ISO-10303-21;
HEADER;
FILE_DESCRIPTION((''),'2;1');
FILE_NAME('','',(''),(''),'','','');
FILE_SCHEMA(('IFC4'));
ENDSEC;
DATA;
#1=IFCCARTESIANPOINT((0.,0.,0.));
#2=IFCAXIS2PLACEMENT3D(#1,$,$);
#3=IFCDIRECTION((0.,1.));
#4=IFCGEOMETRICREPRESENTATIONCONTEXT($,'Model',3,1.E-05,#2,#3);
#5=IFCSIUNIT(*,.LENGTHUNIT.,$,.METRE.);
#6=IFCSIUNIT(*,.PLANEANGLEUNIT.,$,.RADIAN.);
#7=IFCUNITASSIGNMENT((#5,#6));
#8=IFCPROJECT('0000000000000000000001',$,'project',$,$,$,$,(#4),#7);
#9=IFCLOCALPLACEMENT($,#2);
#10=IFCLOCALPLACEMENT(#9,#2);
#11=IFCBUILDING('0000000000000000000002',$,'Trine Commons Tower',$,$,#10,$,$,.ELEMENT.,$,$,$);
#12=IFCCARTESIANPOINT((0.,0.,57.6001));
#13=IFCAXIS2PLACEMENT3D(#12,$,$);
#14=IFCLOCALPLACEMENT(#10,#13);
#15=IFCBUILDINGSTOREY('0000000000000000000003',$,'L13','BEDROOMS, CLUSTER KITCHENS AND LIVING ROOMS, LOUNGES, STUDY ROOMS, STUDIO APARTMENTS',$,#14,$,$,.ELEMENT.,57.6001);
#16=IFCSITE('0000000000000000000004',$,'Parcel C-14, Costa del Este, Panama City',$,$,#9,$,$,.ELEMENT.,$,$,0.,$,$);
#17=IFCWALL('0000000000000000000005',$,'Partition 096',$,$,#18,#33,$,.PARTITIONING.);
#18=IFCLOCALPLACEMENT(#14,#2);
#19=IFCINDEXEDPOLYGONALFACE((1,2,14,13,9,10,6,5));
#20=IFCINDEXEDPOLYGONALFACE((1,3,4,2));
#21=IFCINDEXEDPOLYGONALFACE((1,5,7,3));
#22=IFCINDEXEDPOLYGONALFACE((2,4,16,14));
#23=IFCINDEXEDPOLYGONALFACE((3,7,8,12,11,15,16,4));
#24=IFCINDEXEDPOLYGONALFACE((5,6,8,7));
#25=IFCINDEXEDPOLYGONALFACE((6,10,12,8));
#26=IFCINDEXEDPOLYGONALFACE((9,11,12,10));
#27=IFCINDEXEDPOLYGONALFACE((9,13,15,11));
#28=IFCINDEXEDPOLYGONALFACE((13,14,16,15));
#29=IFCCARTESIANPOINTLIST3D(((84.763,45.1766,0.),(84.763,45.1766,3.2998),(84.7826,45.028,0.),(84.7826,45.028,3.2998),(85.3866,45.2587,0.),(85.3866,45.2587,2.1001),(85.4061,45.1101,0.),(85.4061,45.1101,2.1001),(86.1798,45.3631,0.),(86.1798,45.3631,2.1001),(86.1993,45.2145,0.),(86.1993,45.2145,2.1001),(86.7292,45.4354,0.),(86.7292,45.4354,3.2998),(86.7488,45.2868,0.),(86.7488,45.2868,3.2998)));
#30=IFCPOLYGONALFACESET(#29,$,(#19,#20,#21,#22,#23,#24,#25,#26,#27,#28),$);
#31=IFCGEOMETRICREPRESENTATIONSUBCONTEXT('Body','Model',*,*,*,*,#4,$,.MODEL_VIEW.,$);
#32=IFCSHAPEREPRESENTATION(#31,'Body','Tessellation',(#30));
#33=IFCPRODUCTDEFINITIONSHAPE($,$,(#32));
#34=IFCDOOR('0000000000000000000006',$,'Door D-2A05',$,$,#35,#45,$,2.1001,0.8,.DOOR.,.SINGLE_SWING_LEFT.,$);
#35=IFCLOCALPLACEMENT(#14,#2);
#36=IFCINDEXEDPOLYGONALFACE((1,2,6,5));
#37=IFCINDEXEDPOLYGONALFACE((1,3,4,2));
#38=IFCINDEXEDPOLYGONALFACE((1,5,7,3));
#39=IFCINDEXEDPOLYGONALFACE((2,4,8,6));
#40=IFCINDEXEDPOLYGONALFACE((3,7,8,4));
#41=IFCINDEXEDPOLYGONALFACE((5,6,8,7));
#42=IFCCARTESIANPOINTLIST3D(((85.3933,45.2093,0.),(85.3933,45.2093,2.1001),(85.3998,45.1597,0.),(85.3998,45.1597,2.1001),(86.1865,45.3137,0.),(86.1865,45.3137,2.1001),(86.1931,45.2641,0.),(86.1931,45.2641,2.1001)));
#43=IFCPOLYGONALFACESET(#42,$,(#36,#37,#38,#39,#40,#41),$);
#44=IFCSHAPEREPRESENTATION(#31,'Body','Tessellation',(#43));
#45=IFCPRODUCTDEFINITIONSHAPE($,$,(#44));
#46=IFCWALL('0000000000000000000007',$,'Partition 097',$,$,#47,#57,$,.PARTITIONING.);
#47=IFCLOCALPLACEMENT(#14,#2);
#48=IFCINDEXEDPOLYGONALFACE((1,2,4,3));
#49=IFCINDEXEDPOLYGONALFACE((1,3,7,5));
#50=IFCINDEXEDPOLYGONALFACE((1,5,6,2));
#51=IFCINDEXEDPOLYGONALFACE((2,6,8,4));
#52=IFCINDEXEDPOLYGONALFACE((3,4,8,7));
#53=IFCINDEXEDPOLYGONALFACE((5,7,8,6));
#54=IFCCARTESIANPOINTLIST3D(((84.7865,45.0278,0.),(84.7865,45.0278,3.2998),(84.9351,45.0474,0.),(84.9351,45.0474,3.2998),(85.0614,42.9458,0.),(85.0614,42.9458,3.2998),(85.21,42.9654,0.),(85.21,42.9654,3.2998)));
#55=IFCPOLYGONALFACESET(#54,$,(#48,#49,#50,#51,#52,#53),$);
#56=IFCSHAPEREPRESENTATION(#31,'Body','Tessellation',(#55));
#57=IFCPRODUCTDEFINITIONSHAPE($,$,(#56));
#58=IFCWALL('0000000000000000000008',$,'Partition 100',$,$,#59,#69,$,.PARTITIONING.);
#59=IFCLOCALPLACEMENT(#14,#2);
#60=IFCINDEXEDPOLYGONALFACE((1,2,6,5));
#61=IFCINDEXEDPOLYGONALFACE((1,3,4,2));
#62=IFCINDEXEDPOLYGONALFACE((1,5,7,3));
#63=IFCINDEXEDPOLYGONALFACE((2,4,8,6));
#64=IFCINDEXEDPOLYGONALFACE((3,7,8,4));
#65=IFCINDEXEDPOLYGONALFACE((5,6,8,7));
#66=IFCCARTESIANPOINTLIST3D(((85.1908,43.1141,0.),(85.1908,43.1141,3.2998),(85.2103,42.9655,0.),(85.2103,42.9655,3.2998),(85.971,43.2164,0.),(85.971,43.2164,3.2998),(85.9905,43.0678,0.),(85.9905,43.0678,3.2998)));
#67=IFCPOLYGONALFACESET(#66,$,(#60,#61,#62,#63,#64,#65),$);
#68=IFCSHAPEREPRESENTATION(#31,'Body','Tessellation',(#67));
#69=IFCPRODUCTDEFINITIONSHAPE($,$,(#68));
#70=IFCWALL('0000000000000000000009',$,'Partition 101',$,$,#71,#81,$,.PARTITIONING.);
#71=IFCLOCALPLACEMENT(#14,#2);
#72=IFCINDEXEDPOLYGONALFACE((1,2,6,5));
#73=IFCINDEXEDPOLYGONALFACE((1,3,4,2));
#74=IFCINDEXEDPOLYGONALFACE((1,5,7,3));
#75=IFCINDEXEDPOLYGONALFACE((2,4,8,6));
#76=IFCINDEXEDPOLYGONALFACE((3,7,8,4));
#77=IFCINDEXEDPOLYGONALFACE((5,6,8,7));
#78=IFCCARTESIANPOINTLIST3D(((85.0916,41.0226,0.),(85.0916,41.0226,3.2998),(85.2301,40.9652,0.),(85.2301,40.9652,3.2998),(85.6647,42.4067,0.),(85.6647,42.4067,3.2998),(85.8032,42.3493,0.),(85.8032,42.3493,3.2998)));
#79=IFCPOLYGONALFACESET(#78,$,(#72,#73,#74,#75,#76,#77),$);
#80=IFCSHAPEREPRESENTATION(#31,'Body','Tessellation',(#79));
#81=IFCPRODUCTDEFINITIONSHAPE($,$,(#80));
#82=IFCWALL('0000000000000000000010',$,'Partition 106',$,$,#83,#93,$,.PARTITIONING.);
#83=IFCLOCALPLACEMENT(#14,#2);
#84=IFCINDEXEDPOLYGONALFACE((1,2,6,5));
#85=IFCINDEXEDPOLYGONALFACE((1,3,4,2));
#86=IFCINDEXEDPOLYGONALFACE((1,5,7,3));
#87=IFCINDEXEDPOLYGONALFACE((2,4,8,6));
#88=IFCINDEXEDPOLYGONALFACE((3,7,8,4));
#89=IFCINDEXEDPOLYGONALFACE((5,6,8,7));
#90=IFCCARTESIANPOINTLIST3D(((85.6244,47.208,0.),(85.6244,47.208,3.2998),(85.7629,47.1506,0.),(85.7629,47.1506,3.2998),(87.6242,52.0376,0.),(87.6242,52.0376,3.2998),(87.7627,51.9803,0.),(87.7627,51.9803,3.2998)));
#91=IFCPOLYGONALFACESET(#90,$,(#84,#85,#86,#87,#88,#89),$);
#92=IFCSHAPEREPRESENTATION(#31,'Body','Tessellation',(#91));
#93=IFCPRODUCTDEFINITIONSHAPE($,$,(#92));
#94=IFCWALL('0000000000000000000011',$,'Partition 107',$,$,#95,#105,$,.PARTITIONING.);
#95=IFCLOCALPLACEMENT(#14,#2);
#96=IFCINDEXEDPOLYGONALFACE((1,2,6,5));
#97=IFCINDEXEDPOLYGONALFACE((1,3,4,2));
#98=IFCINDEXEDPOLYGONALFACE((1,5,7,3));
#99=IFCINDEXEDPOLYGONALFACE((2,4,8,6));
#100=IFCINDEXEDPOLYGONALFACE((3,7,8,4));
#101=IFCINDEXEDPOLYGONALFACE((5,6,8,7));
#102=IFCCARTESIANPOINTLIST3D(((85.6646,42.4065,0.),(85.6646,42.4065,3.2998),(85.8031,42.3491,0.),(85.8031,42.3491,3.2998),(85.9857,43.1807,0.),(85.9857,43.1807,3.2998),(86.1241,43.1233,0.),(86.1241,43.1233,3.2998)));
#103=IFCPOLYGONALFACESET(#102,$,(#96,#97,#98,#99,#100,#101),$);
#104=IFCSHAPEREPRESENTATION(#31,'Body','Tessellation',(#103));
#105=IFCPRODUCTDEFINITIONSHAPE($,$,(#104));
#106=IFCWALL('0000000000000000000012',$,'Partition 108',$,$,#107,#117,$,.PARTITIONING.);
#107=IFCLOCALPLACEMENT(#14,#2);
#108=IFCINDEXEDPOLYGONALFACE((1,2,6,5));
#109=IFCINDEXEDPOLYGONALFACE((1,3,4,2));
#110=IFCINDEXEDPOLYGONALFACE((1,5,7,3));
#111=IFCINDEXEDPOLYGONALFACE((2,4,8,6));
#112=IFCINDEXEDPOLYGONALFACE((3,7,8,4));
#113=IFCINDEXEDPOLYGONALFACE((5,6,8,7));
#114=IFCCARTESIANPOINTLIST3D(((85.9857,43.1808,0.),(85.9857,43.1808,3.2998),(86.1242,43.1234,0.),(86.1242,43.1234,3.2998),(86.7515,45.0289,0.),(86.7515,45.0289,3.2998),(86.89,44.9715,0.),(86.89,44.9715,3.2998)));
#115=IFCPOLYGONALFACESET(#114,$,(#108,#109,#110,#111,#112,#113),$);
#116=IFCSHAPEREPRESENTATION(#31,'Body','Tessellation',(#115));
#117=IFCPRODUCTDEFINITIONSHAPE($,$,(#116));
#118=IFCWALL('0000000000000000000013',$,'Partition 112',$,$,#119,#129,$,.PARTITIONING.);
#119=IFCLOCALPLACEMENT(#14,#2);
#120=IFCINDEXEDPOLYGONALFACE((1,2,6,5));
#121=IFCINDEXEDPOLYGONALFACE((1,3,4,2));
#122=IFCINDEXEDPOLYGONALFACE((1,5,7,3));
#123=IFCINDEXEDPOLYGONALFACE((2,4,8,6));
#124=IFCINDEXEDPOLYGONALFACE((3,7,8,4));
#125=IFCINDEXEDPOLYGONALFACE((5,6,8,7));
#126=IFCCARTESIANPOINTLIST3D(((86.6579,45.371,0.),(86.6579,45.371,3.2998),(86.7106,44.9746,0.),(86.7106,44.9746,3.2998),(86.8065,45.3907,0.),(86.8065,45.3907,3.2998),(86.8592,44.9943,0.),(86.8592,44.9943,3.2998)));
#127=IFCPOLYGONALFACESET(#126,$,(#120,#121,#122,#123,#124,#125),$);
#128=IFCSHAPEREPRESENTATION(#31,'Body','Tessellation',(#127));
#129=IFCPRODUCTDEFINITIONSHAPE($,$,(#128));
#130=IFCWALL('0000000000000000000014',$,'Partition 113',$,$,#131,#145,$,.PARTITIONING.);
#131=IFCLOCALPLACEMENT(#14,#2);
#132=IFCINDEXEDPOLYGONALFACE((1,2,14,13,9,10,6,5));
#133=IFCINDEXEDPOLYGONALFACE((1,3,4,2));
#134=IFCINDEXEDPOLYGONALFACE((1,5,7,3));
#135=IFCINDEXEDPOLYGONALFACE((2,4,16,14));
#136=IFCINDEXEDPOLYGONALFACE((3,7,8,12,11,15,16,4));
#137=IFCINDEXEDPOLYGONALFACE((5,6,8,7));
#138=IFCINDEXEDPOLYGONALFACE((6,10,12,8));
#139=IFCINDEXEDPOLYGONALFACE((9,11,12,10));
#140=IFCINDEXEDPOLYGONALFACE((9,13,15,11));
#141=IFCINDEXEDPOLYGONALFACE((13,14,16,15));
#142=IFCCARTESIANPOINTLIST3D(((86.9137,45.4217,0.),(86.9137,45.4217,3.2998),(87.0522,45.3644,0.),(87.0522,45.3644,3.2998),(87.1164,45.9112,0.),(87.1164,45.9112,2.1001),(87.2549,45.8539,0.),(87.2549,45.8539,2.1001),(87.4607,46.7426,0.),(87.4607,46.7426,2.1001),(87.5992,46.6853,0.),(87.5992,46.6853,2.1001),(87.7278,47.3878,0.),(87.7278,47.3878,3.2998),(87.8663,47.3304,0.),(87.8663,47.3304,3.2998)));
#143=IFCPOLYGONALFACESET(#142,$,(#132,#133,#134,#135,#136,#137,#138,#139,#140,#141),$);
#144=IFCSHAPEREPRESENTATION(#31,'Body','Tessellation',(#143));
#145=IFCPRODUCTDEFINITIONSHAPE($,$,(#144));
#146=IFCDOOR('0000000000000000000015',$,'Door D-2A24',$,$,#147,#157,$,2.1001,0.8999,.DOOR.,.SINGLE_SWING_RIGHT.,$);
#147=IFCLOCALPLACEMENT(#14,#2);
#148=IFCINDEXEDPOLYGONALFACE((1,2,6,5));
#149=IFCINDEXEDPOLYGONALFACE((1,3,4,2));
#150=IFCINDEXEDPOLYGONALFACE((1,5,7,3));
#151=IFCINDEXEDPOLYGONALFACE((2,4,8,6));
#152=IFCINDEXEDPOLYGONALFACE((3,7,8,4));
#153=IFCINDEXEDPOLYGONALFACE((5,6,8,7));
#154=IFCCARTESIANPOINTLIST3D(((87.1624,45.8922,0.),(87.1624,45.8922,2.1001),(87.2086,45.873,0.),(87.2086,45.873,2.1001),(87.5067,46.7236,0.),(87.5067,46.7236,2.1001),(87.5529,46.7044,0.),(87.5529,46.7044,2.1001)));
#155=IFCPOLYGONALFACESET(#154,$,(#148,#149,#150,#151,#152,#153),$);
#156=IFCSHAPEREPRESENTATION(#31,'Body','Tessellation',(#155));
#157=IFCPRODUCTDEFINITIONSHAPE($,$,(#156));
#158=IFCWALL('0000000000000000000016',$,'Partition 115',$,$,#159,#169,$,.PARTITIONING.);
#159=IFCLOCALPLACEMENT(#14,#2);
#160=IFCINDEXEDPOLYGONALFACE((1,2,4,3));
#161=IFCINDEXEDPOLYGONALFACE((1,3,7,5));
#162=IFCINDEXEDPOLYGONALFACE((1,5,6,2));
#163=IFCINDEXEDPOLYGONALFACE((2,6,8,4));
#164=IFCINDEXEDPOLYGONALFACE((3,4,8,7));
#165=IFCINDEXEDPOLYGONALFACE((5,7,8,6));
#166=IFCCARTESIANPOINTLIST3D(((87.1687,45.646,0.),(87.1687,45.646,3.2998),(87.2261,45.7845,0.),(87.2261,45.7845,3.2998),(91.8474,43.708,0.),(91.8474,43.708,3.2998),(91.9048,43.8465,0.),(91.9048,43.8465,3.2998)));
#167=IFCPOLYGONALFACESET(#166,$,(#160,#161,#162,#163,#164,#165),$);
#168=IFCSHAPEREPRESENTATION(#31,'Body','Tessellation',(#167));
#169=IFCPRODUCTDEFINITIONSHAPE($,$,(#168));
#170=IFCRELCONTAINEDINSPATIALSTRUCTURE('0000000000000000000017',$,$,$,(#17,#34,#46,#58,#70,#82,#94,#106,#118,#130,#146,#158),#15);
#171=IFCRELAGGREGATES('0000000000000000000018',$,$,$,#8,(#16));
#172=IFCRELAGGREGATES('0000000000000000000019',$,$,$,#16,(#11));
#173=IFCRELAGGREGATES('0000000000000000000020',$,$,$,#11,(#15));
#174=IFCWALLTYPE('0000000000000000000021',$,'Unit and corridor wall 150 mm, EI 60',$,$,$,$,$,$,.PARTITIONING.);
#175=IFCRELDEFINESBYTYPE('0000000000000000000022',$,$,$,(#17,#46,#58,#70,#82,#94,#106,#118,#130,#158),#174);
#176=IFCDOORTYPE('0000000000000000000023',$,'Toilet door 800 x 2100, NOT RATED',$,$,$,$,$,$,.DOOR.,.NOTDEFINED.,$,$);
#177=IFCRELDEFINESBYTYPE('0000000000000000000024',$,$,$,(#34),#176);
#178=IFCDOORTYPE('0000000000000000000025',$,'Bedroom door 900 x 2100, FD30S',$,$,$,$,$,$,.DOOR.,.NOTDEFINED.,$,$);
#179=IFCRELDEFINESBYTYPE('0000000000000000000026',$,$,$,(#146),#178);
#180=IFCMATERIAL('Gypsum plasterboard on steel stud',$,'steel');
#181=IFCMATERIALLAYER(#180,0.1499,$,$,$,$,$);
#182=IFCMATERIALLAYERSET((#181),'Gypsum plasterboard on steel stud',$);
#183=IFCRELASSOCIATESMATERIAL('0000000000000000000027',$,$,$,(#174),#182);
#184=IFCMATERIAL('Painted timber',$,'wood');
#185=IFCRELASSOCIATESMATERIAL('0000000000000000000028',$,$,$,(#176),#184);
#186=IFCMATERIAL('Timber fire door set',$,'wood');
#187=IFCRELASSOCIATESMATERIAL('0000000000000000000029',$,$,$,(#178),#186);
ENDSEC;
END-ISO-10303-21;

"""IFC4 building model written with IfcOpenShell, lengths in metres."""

from ifc_helpers import new_model, si_unit, direction, frame, frame_2d, origin, place, context, subcontext, project, spatial, rectangle, extrude, material, layer, layer_set, type_object, element, fill, save


model = new_model("IFC4")

# Units and contexts
model_context = context("Model", 3, precision=1e-05, world=origin(), true_north=direction((0.0, 1.0)))
body_context = subcontext(model_context, "Body", "Model", "MODEL_VIEW")
ifc_project = project(units=[si_unit("LENGTHUNIT", "METRE"), si_unit("PLANEANGLEUNIT", "RADIAN")], contexts=[model_context])

# Site, building, storey
site_placement = place(None, origin())
site = spatial("IfcSite", under=ifc_project, at=site_placement, Name="Parcel C-14, Costa del Este, Panama City", CompositionType="ELEMENT", RefElevation=0.0)
building_placement = place(site_placement, origin())
building = spatial("IfcBuilding", under=site, at=building_placement, Name="Trine Commons Tower", CompositionType="ELEMENT")
storey_placement = place(building_placement, frame((0.0, 0.0, 57.6001)))
storey = spatial("IfcBuildingStorey", under=building, at=storey_placement, Name="L13", Description="BEDROOMS, CLUSTER KITCHENS AND LIVING ROOMS, LOUNGES, STUDY ROOMS, STUDIO APARTMENTS", CompositionType="ELEMENT", Elevation=57.6001)

# Shared definitions
ifc_material_1 = material(Name="Gypsum plasterboard on steel stud", Category="steel")
ifc_layer_1 = layer(ifc_material_1, 0.1499)
ifc_layer_set_1 = layer_set([ifc_layer_1], Name="Gypsum plasterboard on steel stud")
wall_type_1 = type_object("IfcWallType", Name="Unit and corridor wall 150 mm, EI 60", PredefinedType="PARTITIONING", material=ifc_layer_set_1)
ifc_material_2 = material(Name="Timber fire door set", Category="wood")

# Wall, opening, door
wall_1_placement = place(storey_placement, frame((84.7727, 45.1023, 0.0), z_axis=(0.0, 0.0, 1.0), x_axis=(0.99145, 0.130486, 0.0)))
wall_1 = element("IfcWall", 1, at=wall_1_placement, inside=storey, type_object=wall_type_1, Name="Partition 096", PredefinedType="PARTITIONING", context=body_context, shape_type="SweptSolid", body=[
    extrude(rectangle(XDim=1.9832, YDim=0.1499, at=frame_2d((0.9917, 0.0))), origin(), (0.0, 0.0, 1.0), 3.2998),
])
opening_1_placement = place(wall_1_placement, frame((0.6292, 0.0, 0.0)))
opening_1 = element("IfcOpeningElement", 2, at=opening_1_placement, cuts=wall_1, PredefinedType="OPENING", context=body_context, shape_type="SweptSolid", body=[
    extrude(rectangle(XDim=0.8, YDim=2.1001, at=frame_2d((0.3999, 1.05))), frame((0.0, 0.085, 0.0), z_axis=(0.0, -1.0, 0.0), x_axis=(1.0, 0.0, 0.0)), (0.0, 0.0, 1.0), 0.1699),
])
ifc_material_3 = material(Name="Painted timber", Category="wood")
door_type_1 = type_object("IfcDoorType", Name="Toilet door 800 x 2100, NOT RATED", OperationType="NOTDEFINED", PredefinedType="DOOR", material=ifc_material_3)
door_1_placement = place(opening_1_placement, frame((0.8, 0.0, 0.0), z_axis=(0.0, 0.0, 1.0), x_axis=(-1.0, 0.0, 0.0)))
door_1 = element("IfcDoor", 3, at=door_1_placement, inside=storey, type_object=door_type_1, Name="Door D-2A05", OperationType="SINGLE_SWING_LEFT", OverallHeight=2.1001, OverallWidth=0.8, PredefinedType="DOOR", context=body_context, shape_type="SweptSolid", body=[
    extrude(rectangle(XDim=0.8, YDim=2.1001, at=frame_2d((0.3999, 1.05))), frame((0.0, 0.0249, 0.0), z_axis=(0.0, -1.0, 0.0), x_axis=(1.0, 0.0, 0.0)), (0.0, 0.0, 1.0), 0.05),
])
fill(opening_1, door_1)

# Walls
wall_2_placement = place(storey_placement, frame((84.8608, 45.0376, 0.0), z_axis=(0.0, 0.0, 1.0), x_axis=(0.1309, -0.991396, 0.0)))
element("IfcWall", 4, at=wall_2_placement, inside=storey, type_object=wall_type_1, Name="Partition 097", PredefinedType="PARTITIONING", context=body_context, shape_type="SweptSolid", body=[
    extrude(rectangle(XDim=2.1001, YDim=0.1499, at=frame_2d((1.05, 0.0))), origin(), (0.0, 0.0, 1.0), 3.2998),
])
wall_3_placement = place(storey_placement, frame((85.2004, 43.0398, 0.0), z_axis=(0.0, 0.0, 1.0), x_axis=(0.991515, 0.129989, 0.0)))
element("IfcWall", 5, at=wall_3_placement, inside=storey, type_object=wall_type_1, Name="Partition 100", PredefinedType="PARTITIONING", context=body_context, shape_type="SweptSolid", body=[
    extrude(rectangle(XDim=0.7869, YDim=0.1499, at=frame_2d((0.3936, 0.0))), origin(), (0.0, 0.0, 1.0), 3.2998),
])
wall_4_placement = place(storey_placement, frame((85.1609, 40.9939, 0.0), z_axis=(0.0, 0.0, 1.0), x_axis=(0.38252, 0.923947, 0.0)))
element("IfcWall", 6, at=wall_4_placement, inside=storey, type_object=wall_type_1, Name="Partition 101", PredefinedType="PARTITIONING", context=body_context, shape_type="SweptSolid", body=[
    extrude(rectangle(XDim=1.498, YDim=0.1499, at=frame_2d((0.749, 0.0))), origin(), (0.0, 0.0, 1.0), 3.2998),
])
wall_5_placement = place(storey_placement, frame((85.6936, 47.1792, 0.0), z_axis=(0.0, 0.0, 1.0), x_axis=(0.382565, 0.923929, 0.0)))
element("IfcWall", 7, at=wall_5_placement, inside=storey, type_object=wall_type_1, Name="Partition 106", PredefinedType="PARTITIONING", context=body_context, shape_type="SweptSolid", body=[
    extrude(rectangle(XDim=5.2273, YDim=0.1499, at=frame_2d((2.6138, 0.0))), origin(), (0.0, 0.0, 1.0), 3.2998),
])
wall_6_placement = place(storey_placement, frame((85.7339, 42.3779, 0.0), z_axis=(0.0, 0.0, 1.0), x_axis=(0.383064, 0.923722, 0.0)))
element("IfcWall", 8, at=wall_6_placement, inside=storey, type_object=wall_type_1, Name="Partition 107", PredefinedType="PARTITIONING", context=body_context, shape_type="SweptSolid", body=[
    extrude(rectangle(XDim=0.8381, YDim=0.1499, at=frame_2d((0.4189, 0.0))), origin(), (0.0, 0.0, 1.0), 3.2998),
])
wall_7_placement = place(storey_placement, frame((86.0549, 43.1521, 0.0), z_axis=(0.0, 0.0, 1.0), x_axis=(0.38283, 0.923819, 0.0)))
element("IfcWall", 9, at=wall_7_placement, inside=storey, type_object=wall_type_1, Name="Partition 108", PredefinedType="PARTITIONING", context=body_context, shape_type="SweptSolid", body=[
    extrude(rectangle(XDim=2.0005, YDim=0.1499, at=frame_2d((1.0002, 0.0))), origin(), (0.0, 0.0, 1.0), 3.2998),
])
wall_8_placement = place(storey_placement, frame((86.7322, 45.3809, 0.0), z_axis=(0.0, 0.0, 1.0), x_axis=(0.131844, -0.99127, 0.0)))
element("IfcWall", 10, at=wall_8_placement, inside=storey, type_object=wall_type_1, Name="Partition 112", PredefinedType="PARTITIONING", context=body_context, shape_type="SweptSolid", body=[
    extrude(rectangle(XDim=0.3999, YDim=0.1499, at=frame_2d((0.2, 0.0))), origin(), (0.0, 0.0, 1.0), 3.2998),
])

# Wall, opening, door
wall_9_placement = place(storey_placement, frame((86.9829, 45.3931, 0.0), z_axis=(0.0, 0.0, 1.0), x_axis=(0.382619, 0.923906, 0.0)))
wall_9 = element("IfcWall", 11, at=wall_9_placement, inside=storey, type_object=wall_type_1, Name="Partition 113", PredefinedType="PARTITIONING", context=body_context, shape_type="SweptSolid", body=[
    extrude(rectangle(XDim=2.1279, YDim=0.1499, at=frame_2d((1.064, 0.0))), origin(), (0.0, 0.0, 1.0), 3.2998),
])
opening_2_placement = place(wall_9_placement, frame((0.5298, 0.0, 0.0)))
opening_2 = element("IfcOpeningElement", 12, at=opening_2_placement, cuts=wall_9, PredefinedType="OPENING", context=body_context, shape_type="SweptSolid", body=[
    extrude(rectangle(XDim=0.8999, YDim=2.1001, at=frame_2d((0.45, 1.05))), frame((0.0, 0.085, 0.0), z_axis=(0.0, -1.0, 0.0), x_axis=(1.0, 0.0, 0.0)), (0.0, 0.0, 1.0), 0.1699),
])
door_type_2 = type_object("IfcDoorType", Name="Bedroom door 900 x 2100, FD30S", OperationType="NOTDEFINED", PredefinedType="DOOR", material=ifc_material_2)
door_2_placement = place(opening_2_placement, frame((0.8999, 0.0, 0.0), z_axis=(0.0, 0.0, 1.0), x_axis=(-1.0, 0.0, 0.0)))
door_2 = element("IfcDoor", 13, at=door_2_placement, inside=storey, type_object=door_type_2, Name="Door D-2A24", OperationType="SINGLE_SWING_RIGHT", OverallHeight=2.1001, OverallWidth=0.8999, PredefinedType="DOOR", context=body_context, shape_type="SweptSolid", body=[
    extrude(rectangle(XDim=0.8999, YDim=2.1001, at=frame_2d((0.45, 1.05))), frame((0.0, 0.0249, 0.0), z_axis=(0.0, -1.0, 0.0), x_axis=(1.0, 0.0, 0.0)), (0.0, 0.0, 1.0), 0.05),
])
fill(opening_2, door_2)

# Wall
wall_10_placement = place(storey_placement, frame((87.1973, 45.7153, 0.0), z_axis=(0.0, 0.0, 1.0), x_axis=(0.923879, -0.382684, 0.0)))
element("IfcWall", 14, at=wall_10_placement, inside=storey, type_object=wall_type_1, Name="Partition 115", PredefinedType="PARTITIONING", context=body_context, shape_type="SweptSolid", body=[
    extrude(rectangle(XDim=5.0642, YDim=0.1499, at=frame_2d((2.5322, 0.0))), origin(), (0.0, 0.0, 1.0), 3.2998),
])

save(model, "model.ifc")
